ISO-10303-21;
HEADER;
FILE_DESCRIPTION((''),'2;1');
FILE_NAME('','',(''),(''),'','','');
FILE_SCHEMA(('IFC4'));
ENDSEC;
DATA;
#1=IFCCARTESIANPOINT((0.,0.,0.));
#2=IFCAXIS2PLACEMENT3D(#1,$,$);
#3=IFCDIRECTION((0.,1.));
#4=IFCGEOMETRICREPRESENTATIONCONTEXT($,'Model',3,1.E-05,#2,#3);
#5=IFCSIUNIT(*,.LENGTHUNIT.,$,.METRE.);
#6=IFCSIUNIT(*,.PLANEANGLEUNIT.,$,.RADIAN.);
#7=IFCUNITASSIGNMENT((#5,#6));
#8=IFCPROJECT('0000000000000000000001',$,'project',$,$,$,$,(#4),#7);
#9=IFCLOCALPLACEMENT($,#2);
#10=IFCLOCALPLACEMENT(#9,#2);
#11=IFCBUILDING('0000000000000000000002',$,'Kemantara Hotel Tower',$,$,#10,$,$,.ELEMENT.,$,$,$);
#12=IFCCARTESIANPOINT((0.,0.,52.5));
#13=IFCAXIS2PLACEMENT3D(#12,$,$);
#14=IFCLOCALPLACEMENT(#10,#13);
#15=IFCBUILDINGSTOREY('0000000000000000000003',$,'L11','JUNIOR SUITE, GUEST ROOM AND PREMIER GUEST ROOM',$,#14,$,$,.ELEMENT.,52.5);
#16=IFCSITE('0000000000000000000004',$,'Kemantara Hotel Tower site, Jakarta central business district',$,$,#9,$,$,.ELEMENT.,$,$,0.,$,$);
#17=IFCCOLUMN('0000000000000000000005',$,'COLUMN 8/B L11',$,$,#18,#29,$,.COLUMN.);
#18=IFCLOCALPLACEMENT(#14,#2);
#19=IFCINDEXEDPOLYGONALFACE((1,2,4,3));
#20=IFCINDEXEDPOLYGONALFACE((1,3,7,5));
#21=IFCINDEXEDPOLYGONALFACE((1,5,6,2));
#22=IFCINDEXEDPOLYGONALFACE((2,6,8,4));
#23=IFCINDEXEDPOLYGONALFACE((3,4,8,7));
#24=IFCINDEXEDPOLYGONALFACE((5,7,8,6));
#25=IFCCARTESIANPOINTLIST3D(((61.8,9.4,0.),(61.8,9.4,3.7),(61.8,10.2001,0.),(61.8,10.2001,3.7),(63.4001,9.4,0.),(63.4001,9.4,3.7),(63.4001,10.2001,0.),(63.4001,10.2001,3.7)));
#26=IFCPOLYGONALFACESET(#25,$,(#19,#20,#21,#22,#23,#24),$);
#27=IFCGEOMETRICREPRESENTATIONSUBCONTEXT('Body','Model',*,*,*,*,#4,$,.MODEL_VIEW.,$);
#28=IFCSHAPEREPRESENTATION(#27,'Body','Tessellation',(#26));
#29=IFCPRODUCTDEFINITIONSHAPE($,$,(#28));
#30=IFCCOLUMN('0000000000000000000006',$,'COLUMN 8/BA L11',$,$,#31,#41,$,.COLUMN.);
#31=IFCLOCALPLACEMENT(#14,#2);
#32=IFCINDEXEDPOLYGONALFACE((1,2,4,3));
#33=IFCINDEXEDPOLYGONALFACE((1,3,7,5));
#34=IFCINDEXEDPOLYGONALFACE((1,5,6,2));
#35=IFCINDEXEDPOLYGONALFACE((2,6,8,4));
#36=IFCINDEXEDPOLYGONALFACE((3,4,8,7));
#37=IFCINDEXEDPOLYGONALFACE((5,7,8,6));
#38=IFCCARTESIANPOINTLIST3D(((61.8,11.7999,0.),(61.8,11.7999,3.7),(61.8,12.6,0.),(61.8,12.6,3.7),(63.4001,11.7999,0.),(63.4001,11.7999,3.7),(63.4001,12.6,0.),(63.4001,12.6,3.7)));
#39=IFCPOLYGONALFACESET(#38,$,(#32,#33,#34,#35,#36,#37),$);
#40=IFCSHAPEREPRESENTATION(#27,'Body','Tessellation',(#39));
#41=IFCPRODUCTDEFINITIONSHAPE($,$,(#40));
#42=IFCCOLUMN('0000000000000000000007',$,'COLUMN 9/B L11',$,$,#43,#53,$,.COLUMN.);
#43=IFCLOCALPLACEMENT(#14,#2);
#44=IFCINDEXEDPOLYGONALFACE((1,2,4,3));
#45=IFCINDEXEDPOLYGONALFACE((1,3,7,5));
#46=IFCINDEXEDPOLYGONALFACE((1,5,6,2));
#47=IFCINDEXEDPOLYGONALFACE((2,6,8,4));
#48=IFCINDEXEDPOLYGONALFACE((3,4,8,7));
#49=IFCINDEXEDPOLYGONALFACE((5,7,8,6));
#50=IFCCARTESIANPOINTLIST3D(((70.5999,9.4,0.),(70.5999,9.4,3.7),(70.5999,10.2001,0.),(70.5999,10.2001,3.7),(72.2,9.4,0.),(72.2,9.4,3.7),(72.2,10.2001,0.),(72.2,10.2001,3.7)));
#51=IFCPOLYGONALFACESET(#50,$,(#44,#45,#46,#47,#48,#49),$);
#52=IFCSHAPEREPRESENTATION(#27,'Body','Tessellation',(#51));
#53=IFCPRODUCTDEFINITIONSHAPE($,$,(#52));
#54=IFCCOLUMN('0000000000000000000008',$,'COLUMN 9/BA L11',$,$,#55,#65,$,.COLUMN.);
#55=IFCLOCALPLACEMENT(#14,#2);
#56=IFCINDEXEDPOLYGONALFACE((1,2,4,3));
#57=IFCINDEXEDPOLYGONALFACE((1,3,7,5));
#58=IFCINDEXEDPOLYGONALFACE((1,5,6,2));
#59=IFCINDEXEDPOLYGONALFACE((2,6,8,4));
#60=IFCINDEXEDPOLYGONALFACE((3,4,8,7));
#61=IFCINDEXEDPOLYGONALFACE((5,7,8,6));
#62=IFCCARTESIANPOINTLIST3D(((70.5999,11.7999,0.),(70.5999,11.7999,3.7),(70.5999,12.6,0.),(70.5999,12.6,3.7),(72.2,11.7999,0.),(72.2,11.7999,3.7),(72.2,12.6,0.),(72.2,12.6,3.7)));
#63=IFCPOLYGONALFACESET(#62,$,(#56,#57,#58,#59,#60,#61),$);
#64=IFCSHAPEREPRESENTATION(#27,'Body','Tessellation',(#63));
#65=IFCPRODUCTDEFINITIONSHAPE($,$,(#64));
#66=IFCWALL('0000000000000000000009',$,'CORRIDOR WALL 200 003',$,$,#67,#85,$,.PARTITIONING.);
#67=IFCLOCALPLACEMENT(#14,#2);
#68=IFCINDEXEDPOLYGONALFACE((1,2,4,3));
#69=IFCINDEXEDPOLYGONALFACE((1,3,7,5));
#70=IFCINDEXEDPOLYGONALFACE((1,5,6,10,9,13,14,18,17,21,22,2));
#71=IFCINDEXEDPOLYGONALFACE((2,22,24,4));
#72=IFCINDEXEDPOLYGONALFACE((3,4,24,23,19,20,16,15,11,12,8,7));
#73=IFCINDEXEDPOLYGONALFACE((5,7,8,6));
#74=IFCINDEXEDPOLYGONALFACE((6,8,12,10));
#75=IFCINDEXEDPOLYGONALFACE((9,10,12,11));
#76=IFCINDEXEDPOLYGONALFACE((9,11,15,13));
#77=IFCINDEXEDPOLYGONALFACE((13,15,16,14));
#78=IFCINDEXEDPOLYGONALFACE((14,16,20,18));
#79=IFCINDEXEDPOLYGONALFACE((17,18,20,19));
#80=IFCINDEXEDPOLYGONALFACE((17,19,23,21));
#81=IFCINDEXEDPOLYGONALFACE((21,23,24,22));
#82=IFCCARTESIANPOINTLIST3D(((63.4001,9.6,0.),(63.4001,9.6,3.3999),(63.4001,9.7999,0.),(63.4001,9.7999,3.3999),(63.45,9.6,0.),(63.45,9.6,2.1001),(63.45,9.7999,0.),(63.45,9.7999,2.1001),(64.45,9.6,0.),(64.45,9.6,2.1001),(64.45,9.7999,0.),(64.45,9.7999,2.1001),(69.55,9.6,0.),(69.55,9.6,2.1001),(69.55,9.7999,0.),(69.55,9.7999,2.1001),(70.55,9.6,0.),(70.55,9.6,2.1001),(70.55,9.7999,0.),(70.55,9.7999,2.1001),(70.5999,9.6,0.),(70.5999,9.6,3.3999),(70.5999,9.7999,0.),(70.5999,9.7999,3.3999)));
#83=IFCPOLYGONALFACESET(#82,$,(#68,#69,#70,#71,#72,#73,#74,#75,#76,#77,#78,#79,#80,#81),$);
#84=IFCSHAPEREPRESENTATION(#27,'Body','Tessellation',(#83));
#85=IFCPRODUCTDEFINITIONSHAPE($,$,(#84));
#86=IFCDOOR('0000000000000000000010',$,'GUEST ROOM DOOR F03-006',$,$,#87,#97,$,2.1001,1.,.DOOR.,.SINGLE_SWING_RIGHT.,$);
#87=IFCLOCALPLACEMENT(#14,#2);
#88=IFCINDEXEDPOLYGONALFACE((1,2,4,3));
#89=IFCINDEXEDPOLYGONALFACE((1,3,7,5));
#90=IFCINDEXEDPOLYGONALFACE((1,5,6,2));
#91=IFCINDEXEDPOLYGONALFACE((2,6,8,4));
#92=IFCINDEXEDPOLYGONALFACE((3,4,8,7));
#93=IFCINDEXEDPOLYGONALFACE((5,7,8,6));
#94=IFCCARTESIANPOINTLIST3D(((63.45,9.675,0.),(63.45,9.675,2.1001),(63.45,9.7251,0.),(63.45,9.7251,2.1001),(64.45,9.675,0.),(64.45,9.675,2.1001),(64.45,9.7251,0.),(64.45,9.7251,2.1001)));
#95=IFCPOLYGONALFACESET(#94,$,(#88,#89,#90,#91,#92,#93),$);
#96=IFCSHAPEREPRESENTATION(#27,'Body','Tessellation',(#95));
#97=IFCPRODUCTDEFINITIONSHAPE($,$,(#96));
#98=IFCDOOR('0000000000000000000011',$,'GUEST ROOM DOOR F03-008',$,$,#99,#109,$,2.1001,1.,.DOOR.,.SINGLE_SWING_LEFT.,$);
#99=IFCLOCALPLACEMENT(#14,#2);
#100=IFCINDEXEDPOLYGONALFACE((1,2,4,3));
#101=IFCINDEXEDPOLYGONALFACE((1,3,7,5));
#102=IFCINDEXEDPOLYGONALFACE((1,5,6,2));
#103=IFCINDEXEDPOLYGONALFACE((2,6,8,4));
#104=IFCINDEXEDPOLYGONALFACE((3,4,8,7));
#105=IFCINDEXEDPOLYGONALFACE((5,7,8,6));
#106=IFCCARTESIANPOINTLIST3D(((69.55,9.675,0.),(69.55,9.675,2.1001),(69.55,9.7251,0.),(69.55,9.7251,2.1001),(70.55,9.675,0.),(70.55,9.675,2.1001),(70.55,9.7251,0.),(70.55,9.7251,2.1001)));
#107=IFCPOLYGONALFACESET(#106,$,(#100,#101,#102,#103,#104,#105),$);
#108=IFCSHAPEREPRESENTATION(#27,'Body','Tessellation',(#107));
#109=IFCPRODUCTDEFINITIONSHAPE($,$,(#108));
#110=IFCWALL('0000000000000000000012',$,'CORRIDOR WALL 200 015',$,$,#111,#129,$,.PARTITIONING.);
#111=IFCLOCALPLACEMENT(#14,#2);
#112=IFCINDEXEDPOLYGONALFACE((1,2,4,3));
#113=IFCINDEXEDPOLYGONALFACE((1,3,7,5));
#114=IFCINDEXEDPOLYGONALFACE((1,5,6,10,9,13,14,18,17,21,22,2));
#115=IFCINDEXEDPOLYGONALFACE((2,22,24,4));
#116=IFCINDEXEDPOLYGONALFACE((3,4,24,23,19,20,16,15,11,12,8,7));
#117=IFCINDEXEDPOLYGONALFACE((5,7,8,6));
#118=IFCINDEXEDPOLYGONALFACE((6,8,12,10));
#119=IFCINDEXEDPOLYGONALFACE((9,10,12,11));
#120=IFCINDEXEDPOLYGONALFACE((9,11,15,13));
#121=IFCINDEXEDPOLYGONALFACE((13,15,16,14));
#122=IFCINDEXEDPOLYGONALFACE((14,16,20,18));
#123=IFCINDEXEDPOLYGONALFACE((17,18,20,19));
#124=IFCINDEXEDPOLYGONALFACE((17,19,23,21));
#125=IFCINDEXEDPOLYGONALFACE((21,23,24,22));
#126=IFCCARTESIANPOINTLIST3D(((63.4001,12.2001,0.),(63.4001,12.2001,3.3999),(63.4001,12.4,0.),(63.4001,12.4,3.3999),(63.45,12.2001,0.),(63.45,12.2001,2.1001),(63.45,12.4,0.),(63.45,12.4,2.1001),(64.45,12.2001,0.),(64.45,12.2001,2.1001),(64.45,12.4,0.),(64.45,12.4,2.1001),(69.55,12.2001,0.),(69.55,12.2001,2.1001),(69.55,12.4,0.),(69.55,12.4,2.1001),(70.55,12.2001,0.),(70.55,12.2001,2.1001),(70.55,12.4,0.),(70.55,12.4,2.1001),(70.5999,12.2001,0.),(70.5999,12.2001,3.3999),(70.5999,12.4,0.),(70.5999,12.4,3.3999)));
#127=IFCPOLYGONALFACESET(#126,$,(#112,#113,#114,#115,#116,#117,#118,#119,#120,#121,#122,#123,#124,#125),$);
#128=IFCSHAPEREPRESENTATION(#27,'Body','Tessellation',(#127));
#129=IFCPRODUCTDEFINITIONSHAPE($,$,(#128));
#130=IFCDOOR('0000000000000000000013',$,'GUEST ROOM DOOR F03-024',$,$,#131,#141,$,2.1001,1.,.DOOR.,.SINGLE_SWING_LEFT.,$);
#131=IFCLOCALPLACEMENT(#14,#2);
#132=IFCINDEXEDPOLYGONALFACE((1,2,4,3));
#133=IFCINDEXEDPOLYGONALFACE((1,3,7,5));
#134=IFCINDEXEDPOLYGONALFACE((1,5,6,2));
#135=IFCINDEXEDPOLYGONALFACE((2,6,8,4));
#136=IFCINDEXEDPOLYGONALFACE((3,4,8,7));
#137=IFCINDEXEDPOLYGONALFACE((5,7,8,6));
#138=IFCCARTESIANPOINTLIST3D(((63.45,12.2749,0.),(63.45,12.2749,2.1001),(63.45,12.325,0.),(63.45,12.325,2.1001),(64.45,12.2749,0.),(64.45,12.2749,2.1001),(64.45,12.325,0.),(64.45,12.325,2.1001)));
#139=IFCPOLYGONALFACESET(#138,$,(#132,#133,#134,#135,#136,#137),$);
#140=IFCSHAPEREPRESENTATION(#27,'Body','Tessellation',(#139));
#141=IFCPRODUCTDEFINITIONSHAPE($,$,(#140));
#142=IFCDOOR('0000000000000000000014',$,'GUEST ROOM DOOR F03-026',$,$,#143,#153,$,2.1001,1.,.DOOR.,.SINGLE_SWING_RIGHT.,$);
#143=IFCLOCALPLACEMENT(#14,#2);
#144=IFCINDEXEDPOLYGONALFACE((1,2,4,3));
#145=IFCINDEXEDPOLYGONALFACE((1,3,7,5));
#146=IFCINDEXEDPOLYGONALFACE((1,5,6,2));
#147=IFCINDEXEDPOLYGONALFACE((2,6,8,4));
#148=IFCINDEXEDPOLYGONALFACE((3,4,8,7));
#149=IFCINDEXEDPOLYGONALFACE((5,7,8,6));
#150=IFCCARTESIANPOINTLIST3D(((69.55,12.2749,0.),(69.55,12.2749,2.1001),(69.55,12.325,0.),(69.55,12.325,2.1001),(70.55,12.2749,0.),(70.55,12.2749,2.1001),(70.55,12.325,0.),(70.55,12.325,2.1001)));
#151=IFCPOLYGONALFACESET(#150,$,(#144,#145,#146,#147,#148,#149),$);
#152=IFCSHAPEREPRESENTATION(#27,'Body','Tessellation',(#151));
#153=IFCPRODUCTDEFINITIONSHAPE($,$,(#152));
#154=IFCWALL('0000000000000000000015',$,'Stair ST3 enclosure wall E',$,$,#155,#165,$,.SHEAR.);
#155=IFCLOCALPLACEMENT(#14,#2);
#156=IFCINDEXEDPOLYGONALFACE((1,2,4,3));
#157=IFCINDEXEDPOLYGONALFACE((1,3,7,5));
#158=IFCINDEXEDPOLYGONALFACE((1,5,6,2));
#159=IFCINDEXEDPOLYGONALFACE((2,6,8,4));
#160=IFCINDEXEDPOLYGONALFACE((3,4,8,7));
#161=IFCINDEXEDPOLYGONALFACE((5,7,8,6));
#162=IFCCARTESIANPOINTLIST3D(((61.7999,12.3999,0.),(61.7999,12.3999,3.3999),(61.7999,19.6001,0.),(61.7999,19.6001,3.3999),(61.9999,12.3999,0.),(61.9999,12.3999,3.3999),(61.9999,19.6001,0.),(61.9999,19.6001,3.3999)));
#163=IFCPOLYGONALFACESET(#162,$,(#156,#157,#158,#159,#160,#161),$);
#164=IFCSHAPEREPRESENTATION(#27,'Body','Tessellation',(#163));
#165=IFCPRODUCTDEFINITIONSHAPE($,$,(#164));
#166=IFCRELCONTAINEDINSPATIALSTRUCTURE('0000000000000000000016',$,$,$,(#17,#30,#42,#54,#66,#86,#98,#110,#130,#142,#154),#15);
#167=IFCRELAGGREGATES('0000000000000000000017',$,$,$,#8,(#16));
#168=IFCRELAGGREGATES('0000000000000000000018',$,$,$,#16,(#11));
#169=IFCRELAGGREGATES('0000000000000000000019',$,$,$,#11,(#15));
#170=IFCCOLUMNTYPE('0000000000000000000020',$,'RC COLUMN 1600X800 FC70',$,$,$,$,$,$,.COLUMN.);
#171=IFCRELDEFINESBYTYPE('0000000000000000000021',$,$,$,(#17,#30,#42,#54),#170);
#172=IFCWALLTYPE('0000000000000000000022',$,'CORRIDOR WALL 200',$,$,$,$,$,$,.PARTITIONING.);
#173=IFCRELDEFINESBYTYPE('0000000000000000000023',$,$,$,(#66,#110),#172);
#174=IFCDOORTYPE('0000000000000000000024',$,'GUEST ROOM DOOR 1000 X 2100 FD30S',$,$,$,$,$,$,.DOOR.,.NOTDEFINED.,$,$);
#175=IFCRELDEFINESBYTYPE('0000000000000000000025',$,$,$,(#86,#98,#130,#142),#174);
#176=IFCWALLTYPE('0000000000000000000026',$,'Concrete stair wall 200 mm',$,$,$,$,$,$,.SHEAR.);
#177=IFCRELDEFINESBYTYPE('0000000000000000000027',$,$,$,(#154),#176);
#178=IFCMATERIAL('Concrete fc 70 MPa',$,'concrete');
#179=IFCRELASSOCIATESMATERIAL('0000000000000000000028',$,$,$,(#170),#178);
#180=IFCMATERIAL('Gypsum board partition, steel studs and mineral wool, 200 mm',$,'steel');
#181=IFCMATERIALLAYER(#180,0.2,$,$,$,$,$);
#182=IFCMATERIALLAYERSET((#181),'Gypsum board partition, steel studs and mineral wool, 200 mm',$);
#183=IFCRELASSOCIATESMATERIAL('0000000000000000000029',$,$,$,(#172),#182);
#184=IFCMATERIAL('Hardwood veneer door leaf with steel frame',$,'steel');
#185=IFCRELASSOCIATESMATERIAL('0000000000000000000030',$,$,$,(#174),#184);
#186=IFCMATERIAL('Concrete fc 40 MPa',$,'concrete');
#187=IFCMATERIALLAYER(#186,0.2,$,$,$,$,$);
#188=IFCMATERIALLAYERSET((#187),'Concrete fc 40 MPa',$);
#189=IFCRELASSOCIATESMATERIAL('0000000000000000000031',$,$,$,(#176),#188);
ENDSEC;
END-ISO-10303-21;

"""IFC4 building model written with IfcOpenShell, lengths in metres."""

from ifc_helpers import new_model, si_unit, direction, frame, frame_2d, origin, origin_2d, place, context, subcontext, project, spatial, rectangle, extrude, material, layer, layer_set, material_profile, profile_set, type_object, element, fill, save


model = new_model("IFC4")

# Units and contexts
model_context = context("Model", 3, precision=1e-05, world=origin(), true_north=direction((0.0, 1.0)))
body_context = subcontext(model_context, "Body", "Model", "MODEL_VIEW")
ifc_project = project(units=[si_unit("LENGTHUNIT", "METRE"), si_unit("PLANEANGLEUNIT", "RADIAN")], contexts=[model_context])

# Site, building, storey
site_placement = place(None, origin())
site = spatial("IfcSite", under=ifc_project, at=site_placement, Name="Kemantara Hotel Tower site, Jakarta central business district", CompositionType="ELEMENT", RefElevation=0.0)
building_placement = place(site_placement, origin())
building = spatial("IfcBuilding", under=site, at=building_placement, Name="Kemantara Hotel Tower", CompositionType="ELEMENT")
storey_placement = place(building_placement, frame((0.0, 0.0, 52.5)))
storey = spatial("IfcBuildingStorey", under=building, at=storey_placement, Name="L11", Description="JUNIOR SUITE, GUEST ROOM AND PREMIER GUEST ROOM", CompositionType="ELEMENT", Elevation=52.5)

# Columns
ifc_material_1 = material(Name="Concrete fc 70 MPa", Category="concrete")
ifc_material_profile = material_profile(ifc_material_1, rectangle(XDim=1.6001, YDim=0.8, at=origin_2d()), Name="RC 1600X800")
ifc_profile_set = profile_set([ifc_material_profile], Name="Concrete fc 70 MPa")
column_type = type_object("IfcColumnType", Name="RC COLUMN 1600X800 FC70", PredefinedType="COLUMN", material=ifc_profile_set)
for number, where, z_axis, x_axis, name in (
    (1, (62.6001, 9.8, 0.0), (0.0, 0.0, 1.0), (1.0, 0.0, 0.0), "COLUMN 8/B L11"),
    (2, (62.6001, 12.2, 0.0), (0.0, 0.0, 1.0), (1.0, 0.0, 0.0), "COLUMN 8/BA L11"),
    (3, (71.3999, 9.8, 0.0), (0.0, 0.0, 1.0), (1.0, 0.0, 0.0), "COLUMN 9/B L11"),
    (4, (71.3999, 12.2, 0.0), (0.0, 0.0, 1.0), (1.0, 0.0, 0.0), "COLUMN 9/BA L11"),
):
    element("IfcColumn", number, at=place(storey_placement, frame(where, z_axis=z_axis, x_axis=x_axis)), inside=storey, type_object=column_type, Name=name, PredefinedType="COLUMN", context=body_context, shape_type="SweptSolid", body=[
        extrude(rectangle(XDim=1.6001, YDim=0.8, at=origin_2d()), origin(), (0.0, 0.0, 1.0), 3.7),
    ])

# Walls, openings, doors
ifc_material_2 = material(Name="Gypsum board partition, steel studs and mineral wool, 200 mm", Category="steel")
ifc_layer_1 = layer(ifc_material_2, 0.2)
ifc_layer_set_1 = layer_set([ifc_layer_1], Name="Gypsum board partition, steel studs and mineral wool, 200 mm")
wall_type_1 = type_object("IfcWallType", Name="CORRIDOR WALL 200", PredefinedType="PARTITIONING", material=ifc_layer_set_1)
wall_1_placement = place(storey_placement, frame((70.5999, 9.7, 0.0), z_axis=(0.0, 0.0, 1.0), x_axis=(-1.0, 0.0, 0.0)))
wall_1 = element("IfcWall", 5, at=wall_1_placement, inside=storey, type_object=wall_type_1, Name="CORRIDOR WALL 200 003", PredefinedType="PARTITIONING", context=body_context, shape_type="SweptSolid", body=[
    extrude(rectangle(XDim=7.1997, YDim=0.2, at=frame_2d((3.5999, 0.0))), origin(), (0.0, 0.0, 1.0), 3.3999),
])
opening_1_placement = place(wall_1_placement, frame((6.1499, 0.0, 0.0)))
opening_1 = element("IfcOpeningElement", 6, at=opening_1_placement, cuts=wall_1, PredefinedType="OPENING", context=body_context, shape_type="SweptSolid", body=[
    extrude(rectangle(XDim=1.0, YDim=2.1001, at=frame_2d((0.5, 1.05))), frame((0.0, 0.1099, 0.0), z_axis=(0.0, -1.0, 0.0), x_axis=(1.0, 0.0, 0.0)), (0.0, 0.0, 1.0), 0.22),
])
opening_2_placement = place(wall_1_placement, frame((0.0498, 0.0, 0.0)))
opening_2 = element("IfcOpeningElement", 7, at=opening_2_placement, cuts=wall_1, PredefinedType="OPENING", context=body_context, shape_type="SweptSolid", body=[
    extrude(rectangle(XDim=1.0, YDim=2.1001, at=frame_2d((0.5, 1.05))), frame((0.0, 0.1099, 0.0), z_axis=(0.0, -1.0, 0.0), x_axis=(1.0, 0.0, 0.0)), (0.0, 0.0, 1.0), 0.22),
])
ifc_material_3 = material(Name="Hardwood veneer door leaf with steel frame", Category="steel")
door_type_1 = type_object("IfcDoorType", Name="GUEST ROOM DOOR 1000 X 2100 FD30S", OperationType="NOTDEFINED", PredefinedType="DOOR", material=ifc_material_3)
door_1_placement = place(opening_1_placement, origin())
door_1 = element("IfcDoor", 8, at=door_1_placement, inside=storey, type_object=door_type_1, Name="GUEST ROOM DOOR F03-006", OperationType="SINGLE_SWING_RIGHT", OverallHeight=2.1001, OverallWidth=1.0, PredefinedType="DOOR", context=body_context, shape_type="SweptSolid", body=[
    extrude(rectangle(XDim=1.0, YDim=2.1001, at=frame_2d((0.5, 1.05))), frame((0.0, 0.0249, 0.0), z_axis=(0.0, -1.0, 0.0), x_axis=(1.0, 0.0, 0.0)), (0.0, 0.0, 1.0), 0.05),
])
fill(opening_1, door_1)
door_2_placement = place(opening_2_placement, origin())
door_2 = element("IfcDoor", 9, at=door_2_placement, inside=storey, type_object=door_type_1, Name="GUEST ROOM DOOR F03-008", OperationType="SINGLE_SWING_LEFT", OverallHeight=2.1001, OverallWidth=1.0, PredefinedType="DOOR", context=body_context, shape_type="SweptSolid", body=[
    extrude(rectangle(XDim=1.0, YDim=2.1001, at=frame_2d((0.5, 1.05))), frame((0.0, 0.0249, 0.0), z_axis=(0.0, -1.0, 0.0), x_axis=(1.0, 0.0, 0.0)), (0.0, 0.0, 1.0), 0.05),
])
fill(opening_2, door_2)
wall_2_placement = place(storey_placement, frame((63.4001, 12.3, 0.0), z_axis=(0.0, 0.0, 1.0), x_axis=(1.0, 0.0, 0.0)))
wall_2 = element("IfcWall", 10, at=wall_2_placement, inside=storey, type_object=wall_type_1, Name="CORRIDOR WALL 200 015", PredefinedType="PARTITIONING", context=body_context, shape_type="SweptSolid", body=[
    extrude(rectangle(XDim=7.1997, YDim=0.2, at=frame_2d((3.5999, 0.0))), origin(), (0.0, 0.0, 1.0), 3.3999),
])
opening_3_placement = place(wall_2_placement, frame((0.0498, 0.0, 0.0)))
opening_3 = element("IfcOpeningElement", 11, at=opening_3_placement, cuts=wall_2, PredefinedType="OPENING", context=body_context, shape_type="SweptSolid", body=[
    extrude(rectangle(XDim=1.0, YDim=2.1001, at=frame_2d((0.5, 1.05))), frame((0.0, 0.1099, 0.0), z_axis=(0.0, -1.0, 0.0), x_axis=(1.0, 0.0, 0.0)), (0.0, 0.0, 1.0), 0.22),
])
opening_4_placement = place(wall_2_placement, frame((6.1499, 0.0, 0.0)))
opening_4 = element("IfcOpeningElement", 12, at=opening_4_placement, cuts=wall_2, PredefinedType="OPENING", context=body_context, shape_type="SweptSolid", body=[
    extrude(rectangle(XDim=1.0, YDim=2.1001, at=frame_2d((0.5, 1.05))), frame((0.0, 0.1099, 0.0), z_axis=(0.0, -1.0, 0.0), x_axis=(1.0, 0.0, 0.0)), (0.0, 0.0, 1.0), 0.22),
])
door_3_placement = place(opening_3_placement, origin())
door_3 = element("IfcDoor", 13, at=door_3_placement, inside=storey, type_object=door_type_1, Name="GUEST ROOM DOOR F03-024", OperationType="SINGLE_SWING_LEFT", OverallHeight=2.1001, OverallWidth=1.0, PredefinedType="DOOR", context=body_context, shape_type="SweptSolid", body=[
    extrude(rectangle(XDim=1.0, YDim=2.1001, at=frame_2d((0.5, 1.05))), frame((0.0, 0.0249, 0.0), z_axis=(0.0, -1.0, 0.0), x_axis=(1.0, 0.0, 0.0)), (0.0, 0.0, 1.0), 0.05),
])
fill(opening_3, door_3)
door_4_placement = place(opening_4_placement, origin())
door_4 = element("IfcDoor", 14, at=door_4_placement, inside=storey, type_object=door_type_1, Name="GUEST ROOM DOOR F03-026", OperationType="SINGLE_SWING_RIGHT", OverallHeight=2.1001, OverallWidth=1.0, PredefinedType="DOOR", context=body_context, shape_type="SweptSolid", body=[
    extrude(rectangle(XDim=1.0, YDim=2.1001, at=frame_2d((0.5, 1.05))), frame((0.0, 0.0249, 0.0), z_axis=(0.0, -1.0, 0.0), x_axis=(1.0, 0.0, 0.0)), (0.0, 0.0, 1.0), 0.05),
])
fill(opening_4, door_4)

# Wall
ifc_material_4 = material(Name="Concrete fc 40 MPa", Category="concrete")
ifc_layer_2 = layer(ifc_material_4, 0.2)
ifc_layer_set_2 = layer_set([ifc_layer_2], Name="Concrete fc 40 MPa")
wall_type_2 = type_object("IfcWallType", Name="Concrete stair wall 200 mm", PredefinedType="SHEAR", material=ifc_layer_set_2)
wall_3_placement = place(storey_placement, frame((61.8999, 12.3999, 0.0), z_axis=(0.0, 0.0, 1.0), x_axis=(0.0, 1.0, 0.0)))
element("IfcWall", 15, at=wall_3_placement, inside=storey, type_object=wall_type_2, Name="Stair ST3 enclosure wall E", PredefinedType="SHEAR", context=body_context, shape_type="SweptSolid", body=[
    extrude(rectangle(XDim=7.2002, YDim=0.2, at=frame_2d((3.6001, 0.0))), origin(), (0.0, 0.0, 1.0), 3.3999),
])

save(model, "model.ifc")
